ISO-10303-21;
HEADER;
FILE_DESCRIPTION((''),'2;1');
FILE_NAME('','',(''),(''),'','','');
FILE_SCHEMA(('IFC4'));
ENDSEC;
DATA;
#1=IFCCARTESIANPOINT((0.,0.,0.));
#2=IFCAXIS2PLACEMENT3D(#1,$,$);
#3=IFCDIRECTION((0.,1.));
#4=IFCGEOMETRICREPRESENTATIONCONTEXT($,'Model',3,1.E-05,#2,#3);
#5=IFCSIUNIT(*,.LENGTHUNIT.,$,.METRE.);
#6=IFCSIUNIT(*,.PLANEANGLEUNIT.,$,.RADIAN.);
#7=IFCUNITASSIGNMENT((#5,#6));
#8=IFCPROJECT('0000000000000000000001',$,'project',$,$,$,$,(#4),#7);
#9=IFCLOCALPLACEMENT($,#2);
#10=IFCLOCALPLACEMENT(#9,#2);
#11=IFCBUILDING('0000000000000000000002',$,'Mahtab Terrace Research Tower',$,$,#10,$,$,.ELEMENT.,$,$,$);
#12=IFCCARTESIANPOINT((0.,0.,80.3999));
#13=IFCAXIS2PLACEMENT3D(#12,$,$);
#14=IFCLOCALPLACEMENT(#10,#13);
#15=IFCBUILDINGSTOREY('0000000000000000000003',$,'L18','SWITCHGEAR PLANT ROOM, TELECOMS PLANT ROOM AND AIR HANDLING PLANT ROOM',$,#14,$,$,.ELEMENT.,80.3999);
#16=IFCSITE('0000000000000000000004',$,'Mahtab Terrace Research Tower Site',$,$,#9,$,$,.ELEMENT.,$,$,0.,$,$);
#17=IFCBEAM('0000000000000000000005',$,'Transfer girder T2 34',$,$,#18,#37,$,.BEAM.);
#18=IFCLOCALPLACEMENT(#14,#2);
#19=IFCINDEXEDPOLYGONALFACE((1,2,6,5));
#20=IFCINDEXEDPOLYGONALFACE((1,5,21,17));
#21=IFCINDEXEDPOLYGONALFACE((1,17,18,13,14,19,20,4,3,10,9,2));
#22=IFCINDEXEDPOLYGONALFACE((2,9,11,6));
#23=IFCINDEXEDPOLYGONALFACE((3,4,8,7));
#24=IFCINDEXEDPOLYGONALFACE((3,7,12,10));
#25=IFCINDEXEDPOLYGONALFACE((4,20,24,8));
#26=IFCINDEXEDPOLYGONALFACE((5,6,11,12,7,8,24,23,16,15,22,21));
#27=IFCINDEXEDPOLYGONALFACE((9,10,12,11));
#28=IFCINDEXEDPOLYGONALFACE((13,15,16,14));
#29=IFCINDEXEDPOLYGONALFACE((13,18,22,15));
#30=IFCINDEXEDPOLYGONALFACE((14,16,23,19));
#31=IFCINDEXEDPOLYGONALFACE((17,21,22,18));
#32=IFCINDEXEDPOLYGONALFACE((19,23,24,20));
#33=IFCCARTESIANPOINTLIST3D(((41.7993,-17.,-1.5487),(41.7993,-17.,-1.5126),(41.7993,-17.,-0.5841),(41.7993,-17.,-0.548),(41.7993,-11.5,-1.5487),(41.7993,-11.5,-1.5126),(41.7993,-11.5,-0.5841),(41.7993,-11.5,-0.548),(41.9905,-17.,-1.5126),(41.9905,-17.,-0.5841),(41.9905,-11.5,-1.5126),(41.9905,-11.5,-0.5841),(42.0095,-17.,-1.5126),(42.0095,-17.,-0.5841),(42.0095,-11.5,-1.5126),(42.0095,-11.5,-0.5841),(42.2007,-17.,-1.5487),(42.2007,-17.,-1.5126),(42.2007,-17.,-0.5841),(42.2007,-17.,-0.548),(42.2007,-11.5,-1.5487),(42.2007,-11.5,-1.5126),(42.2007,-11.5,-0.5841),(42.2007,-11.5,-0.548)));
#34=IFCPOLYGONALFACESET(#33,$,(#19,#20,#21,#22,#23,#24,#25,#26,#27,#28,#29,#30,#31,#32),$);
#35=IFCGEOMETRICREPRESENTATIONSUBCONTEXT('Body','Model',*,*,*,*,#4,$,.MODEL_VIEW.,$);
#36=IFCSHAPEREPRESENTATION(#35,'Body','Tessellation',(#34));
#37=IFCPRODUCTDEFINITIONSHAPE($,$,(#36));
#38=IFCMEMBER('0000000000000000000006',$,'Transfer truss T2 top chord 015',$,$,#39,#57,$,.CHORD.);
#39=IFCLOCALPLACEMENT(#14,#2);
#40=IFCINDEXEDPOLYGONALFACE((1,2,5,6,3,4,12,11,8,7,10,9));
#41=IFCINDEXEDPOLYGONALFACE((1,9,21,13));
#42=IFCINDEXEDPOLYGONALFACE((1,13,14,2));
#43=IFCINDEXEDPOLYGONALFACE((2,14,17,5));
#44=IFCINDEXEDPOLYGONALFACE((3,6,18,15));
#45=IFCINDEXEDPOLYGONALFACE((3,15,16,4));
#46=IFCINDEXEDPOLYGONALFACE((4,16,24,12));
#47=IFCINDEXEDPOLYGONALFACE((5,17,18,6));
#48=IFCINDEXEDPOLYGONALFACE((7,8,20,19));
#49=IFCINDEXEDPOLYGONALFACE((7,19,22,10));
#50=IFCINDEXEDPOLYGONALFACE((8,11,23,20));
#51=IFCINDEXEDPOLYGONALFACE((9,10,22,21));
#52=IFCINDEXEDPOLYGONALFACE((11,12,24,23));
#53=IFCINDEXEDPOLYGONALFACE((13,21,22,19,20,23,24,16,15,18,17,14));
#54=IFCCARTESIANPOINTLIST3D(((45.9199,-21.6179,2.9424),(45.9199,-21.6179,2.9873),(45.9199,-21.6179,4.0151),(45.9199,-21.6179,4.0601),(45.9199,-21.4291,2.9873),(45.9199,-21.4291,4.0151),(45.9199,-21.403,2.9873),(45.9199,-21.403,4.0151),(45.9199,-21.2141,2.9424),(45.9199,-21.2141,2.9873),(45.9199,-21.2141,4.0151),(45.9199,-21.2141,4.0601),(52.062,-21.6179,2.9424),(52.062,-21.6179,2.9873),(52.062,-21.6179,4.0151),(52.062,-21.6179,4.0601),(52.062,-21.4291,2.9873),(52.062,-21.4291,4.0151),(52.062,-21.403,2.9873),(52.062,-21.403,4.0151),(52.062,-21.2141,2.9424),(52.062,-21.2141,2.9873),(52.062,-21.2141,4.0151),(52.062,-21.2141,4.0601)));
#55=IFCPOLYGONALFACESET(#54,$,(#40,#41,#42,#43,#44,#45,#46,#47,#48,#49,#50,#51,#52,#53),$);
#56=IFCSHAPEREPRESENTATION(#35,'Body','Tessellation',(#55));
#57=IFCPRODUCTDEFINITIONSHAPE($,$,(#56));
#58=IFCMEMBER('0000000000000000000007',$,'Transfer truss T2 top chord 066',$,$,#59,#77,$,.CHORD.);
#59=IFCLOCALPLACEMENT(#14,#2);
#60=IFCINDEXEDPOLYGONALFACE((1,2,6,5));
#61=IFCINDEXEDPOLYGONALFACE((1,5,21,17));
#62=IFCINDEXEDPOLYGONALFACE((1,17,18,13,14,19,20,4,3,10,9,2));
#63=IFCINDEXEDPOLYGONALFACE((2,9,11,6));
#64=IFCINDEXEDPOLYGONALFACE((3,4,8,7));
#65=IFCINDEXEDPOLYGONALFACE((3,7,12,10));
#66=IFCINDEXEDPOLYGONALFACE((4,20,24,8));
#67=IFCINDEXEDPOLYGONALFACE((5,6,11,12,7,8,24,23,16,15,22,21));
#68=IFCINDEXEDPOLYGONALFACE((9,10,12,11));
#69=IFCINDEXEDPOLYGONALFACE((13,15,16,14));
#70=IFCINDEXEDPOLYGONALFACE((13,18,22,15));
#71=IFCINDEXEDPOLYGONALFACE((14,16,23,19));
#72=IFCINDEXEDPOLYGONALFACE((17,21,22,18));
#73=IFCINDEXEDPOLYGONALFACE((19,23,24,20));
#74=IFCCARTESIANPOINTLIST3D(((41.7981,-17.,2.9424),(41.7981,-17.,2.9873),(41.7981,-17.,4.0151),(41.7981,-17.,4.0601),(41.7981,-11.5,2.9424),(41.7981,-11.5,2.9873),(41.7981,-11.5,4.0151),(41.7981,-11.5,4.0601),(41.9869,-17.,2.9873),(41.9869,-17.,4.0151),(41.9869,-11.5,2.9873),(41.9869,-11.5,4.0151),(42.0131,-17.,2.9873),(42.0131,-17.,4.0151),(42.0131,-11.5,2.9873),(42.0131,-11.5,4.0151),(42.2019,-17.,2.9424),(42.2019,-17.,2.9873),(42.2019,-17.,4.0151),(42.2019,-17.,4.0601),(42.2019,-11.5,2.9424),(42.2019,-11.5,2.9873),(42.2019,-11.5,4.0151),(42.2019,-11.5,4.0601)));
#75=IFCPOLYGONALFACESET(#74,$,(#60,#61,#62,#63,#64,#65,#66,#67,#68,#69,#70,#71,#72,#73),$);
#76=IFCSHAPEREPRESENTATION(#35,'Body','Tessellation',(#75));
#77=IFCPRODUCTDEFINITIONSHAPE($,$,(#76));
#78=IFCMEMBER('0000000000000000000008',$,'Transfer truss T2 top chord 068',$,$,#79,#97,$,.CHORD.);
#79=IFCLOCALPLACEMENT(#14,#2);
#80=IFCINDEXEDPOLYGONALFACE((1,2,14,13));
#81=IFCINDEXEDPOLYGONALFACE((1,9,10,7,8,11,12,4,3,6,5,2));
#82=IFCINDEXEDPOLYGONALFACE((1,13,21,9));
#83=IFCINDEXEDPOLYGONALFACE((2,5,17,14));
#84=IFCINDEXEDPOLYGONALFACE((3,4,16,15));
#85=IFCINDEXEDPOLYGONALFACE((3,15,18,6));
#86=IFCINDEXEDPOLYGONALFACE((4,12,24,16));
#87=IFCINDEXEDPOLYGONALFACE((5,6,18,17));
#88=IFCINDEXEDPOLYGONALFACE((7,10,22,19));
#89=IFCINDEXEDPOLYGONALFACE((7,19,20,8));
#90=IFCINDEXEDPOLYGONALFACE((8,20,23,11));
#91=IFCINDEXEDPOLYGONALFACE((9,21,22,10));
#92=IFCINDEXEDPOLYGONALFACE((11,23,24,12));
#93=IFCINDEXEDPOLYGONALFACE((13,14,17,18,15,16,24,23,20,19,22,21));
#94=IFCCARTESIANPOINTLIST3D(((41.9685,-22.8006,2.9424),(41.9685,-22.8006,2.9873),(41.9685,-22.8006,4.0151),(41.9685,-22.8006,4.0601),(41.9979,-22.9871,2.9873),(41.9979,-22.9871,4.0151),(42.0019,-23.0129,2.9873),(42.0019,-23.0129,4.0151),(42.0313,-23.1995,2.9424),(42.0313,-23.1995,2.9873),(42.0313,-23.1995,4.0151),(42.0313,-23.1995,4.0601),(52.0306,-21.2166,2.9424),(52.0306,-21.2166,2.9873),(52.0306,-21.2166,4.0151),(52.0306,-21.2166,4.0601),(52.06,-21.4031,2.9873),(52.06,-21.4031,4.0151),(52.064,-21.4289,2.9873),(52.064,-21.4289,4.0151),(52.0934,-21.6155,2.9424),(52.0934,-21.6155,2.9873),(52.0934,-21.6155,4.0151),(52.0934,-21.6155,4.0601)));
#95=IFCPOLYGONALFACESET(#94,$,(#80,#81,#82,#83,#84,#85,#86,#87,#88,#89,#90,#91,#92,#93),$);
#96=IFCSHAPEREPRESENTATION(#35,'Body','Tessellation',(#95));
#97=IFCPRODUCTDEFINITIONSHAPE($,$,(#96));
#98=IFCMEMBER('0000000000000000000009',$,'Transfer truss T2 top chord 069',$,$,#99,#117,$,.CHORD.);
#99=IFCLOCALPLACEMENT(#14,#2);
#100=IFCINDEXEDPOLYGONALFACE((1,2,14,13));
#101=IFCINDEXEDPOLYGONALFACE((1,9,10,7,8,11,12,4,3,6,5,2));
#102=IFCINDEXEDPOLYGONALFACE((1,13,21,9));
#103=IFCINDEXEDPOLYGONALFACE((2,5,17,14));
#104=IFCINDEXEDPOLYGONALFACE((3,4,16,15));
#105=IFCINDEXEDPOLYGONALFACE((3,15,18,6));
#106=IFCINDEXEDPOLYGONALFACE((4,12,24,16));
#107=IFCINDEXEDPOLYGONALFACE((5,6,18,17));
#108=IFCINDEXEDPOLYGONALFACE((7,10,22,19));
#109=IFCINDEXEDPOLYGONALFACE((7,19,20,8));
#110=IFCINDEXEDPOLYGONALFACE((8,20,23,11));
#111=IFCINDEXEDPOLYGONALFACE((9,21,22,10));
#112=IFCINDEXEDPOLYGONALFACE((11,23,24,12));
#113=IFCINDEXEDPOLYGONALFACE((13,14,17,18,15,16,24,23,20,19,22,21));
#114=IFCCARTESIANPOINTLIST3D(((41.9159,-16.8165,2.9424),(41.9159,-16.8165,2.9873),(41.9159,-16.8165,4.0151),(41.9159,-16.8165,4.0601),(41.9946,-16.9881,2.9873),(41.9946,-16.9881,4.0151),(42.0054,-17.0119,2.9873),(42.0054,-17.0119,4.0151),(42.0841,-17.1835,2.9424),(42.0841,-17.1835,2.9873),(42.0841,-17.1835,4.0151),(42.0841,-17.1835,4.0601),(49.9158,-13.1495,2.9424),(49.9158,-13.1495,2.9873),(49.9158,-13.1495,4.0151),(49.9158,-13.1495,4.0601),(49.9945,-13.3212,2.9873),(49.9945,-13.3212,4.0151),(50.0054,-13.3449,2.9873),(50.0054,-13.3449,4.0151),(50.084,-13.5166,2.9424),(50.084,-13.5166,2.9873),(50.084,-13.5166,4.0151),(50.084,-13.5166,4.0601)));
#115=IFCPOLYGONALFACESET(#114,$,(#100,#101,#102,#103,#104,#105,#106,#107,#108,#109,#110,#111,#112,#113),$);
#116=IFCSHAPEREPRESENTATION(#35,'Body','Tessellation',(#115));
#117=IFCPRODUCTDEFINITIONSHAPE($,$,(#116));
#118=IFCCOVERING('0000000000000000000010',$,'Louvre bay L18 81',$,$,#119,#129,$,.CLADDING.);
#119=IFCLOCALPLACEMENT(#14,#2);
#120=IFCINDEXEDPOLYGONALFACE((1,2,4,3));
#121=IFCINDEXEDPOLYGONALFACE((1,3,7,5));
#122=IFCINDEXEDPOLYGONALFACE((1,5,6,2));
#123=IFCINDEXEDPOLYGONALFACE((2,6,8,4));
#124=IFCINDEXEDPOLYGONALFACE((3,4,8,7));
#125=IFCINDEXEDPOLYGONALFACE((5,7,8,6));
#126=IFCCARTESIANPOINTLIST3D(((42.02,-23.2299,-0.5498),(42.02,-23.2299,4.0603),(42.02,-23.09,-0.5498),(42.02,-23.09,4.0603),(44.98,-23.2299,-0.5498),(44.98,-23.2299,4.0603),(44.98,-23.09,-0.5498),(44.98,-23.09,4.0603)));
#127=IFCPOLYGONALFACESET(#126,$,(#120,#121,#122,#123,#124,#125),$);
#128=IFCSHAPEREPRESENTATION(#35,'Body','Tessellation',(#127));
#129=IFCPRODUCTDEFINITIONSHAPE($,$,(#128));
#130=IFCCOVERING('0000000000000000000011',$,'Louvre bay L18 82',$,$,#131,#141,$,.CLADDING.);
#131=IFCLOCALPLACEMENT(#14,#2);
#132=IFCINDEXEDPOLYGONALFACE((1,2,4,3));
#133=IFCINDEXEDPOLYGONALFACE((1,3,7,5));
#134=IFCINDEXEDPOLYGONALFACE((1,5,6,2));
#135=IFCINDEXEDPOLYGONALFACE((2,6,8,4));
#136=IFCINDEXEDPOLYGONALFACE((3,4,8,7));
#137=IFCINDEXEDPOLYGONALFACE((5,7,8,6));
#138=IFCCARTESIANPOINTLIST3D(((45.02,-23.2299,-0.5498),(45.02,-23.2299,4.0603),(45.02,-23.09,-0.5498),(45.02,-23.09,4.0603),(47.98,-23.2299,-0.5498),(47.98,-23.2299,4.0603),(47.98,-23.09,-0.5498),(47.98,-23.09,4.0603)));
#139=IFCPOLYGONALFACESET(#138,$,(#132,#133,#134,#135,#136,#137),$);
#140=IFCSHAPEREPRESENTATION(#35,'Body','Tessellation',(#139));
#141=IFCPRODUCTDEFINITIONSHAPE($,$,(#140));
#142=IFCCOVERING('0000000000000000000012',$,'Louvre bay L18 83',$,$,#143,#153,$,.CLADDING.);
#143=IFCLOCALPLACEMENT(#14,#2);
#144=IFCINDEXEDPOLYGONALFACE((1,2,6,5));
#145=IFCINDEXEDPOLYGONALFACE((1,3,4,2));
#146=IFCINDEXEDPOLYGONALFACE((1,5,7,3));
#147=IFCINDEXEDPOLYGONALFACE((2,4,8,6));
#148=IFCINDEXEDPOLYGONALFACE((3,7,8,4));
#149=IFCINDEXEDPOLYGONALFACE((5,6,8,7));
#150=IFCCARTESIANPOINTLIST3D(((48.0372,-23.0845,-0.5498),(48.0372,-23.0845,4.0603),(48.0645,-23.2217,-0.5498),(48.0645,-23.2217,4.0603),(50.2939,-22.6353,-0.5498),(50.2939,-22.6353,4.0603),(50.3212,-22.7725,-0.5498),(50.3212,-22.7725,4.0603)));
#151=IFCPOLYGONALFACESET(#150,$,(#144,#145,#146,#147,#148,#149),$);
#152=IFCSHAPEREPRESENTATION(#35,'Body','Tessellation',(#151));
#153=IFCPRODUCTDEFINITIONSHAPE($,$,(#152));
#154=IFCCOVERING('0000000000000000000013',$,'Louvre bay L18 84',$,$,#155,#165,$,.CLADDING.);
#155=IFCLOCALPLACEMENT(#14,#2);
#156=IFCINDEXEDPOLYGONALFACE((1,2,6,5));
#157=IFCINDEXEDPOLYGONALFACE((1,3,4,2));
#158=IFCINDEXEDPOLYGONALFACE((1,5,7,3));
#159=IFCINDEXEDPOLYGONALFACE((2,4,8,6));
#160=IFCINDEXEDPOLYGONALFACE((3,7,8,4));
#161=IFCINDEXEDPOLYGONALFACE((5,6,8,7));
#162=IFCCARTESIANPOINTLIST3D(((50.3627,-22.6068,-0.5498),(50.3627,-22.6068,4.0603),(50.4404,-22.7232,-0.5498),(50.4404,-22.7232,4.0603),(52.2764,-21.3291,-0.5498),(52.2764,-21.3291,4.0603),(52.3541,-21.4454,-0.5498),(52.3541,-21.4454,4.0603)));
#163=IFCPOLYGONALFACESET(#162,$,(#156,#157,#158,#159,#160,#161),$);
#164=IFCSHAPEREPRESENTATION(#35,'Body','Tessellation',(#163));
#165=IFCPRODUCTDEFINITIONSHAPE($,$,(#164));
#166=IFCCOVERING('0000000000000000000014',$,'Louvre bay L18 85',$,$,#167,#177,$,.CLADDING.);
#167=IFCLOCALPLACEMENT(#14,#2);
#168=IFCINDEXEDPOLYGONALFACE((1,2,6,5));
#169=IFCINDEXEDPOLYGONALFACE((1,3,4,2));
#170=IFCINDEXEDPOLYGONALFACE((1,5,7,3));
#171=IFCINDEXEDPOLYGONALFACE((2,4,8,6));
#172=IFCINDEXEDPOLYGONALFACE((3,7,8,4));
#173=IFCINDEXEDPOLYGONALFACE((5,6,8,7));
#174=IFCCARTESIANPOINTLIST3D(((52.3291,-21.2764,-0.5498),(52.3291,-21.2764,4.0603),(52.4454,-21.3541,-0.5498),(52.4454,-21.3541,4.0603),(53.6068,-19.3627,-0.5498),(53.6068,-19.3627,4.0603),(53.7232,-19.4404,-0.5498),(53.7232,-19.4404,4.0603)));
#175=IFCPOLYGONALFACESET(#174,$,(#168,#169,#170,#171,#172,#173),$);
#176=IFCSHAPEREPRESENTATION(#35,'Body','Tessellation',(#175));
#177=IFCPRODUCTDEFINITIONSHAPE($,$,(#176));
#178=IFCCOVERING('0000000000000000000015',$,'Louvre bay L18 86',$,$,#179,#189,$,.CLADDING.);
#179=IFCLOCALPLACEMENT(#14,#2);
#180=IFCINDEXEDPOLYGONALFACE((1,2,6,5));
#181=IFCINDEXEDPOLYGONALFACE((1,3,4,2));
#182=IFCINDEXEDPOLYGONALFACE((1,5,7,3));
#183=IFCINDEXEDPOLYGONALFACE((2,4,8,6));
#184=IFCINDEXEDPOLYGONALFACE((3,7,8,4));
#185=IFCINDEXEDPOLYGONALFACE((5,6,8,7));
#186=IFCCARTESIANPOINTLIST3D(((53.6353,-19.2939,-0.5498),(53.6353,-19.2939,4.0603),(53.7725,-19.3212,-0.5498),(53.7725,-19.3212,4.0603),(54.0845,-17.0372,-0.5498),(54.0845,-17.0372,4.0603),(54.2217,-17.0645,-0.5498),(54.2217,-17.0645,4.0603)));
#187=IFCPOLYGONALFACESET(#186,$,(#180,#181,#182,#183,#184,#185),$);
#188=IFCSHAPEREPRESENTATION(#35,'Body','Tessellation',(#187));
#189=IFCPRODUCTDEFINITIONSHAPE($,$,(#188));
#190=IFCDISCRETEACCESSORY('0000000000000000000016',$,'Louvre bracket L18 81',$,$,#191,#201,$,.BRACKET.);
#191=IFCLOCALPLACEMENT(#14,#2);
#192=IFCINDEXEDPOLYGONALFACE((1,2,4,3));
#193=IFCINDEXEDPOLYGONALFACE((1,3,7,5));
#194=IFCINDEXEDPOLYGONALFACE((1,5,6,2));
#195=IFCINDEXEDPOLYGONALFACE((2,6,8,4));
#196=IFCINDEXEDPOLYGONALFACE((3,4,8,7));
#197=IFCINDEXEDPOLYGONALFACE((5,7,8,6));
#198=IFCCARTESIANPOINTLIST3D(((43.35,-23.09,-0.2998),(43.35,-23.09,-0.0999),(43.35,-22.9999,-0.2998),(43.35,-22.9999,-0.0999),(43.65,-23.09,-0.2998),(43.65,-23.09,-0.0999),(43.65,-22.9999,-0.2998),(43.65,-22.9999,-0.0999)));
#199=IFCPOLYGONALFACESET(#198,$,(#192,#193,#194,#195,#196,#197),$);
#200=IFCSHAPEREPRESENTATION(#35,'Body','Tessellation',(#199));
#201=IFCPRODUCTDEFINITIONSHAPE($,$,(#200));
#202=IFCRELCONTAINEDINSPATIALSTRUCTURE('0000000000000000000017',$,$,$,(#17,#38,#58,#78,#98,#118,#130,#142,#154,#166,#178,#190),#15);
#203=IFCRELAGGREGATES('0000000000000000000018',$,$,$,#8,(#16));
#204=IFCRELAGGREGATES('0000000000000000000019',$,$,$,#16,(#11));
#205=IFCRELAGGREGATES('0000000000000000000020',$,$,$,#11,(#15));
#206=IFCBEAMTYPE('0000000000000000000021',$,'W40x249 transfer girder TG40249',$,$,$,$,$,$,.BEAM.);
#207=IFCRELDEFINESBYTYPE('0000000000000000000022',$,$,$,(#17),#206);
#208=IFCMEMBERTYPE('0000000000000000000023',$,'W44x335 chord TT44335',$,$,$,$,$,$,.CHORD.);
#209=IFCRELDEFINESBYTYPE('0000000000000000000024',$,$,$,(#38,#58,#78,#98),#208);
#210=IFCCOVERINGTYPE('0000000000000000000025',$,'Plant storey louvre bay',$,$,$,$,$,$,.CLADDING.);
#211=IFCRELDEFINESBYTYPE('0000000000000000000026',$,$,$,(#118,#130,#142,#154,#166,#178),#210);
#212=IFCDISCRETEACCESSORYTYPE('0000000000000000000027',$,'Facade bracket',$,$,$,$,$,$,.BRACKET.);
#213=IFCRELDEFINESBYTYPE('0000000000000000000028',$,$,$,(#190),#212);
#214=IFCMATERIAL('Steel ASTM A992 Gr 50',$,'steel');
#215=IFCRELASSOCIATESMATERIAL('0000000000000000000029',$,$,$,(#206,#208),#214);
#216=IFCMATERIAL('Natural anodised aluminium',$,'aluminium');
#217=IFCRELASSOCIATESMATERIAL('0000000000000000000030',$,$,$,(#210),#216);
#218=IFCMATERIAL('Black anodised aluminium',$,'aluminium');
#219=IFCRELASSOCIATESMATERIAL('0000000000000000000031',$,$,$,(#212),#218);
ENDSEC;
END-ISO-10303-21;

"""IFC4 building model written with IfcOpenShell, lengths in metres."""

from ifc_helpers import new_model, si_unit, direction, frame, origin, origin_2d, place, context, subcontext, project, spatial, rectangle, i_section, extrude, material, material_profile, profile_set, type_object, element, save


model = new_model("IFC4")

# Units and contexts
model_context = context("Model", 3, precision=1e-05, world=origin(), true_north=direction((0.0, 1.0)))
body_context = subcontext(model_context, "Body", "Model", "MODEL_VIEW")
ifc_project = project(units=[si_unit("LENGTHUNIT", "METRE"), si_unit("PLANEANGLEUNIT", "RADIAN")], contexts=[model_context])

# Site, building, storey
site_placement = place(None, origin())
site = spatial("IfcSite", under=ifc_project, at=site_placement, Name="Mahtab Terrace Research Tower Site", CompositionType="ELEMENT", RefElevation=0.0)
building_placement = place(site_placement, origin())
building = spatial("IfcBuilding", under=site, at=building_placement, Name="Mahtab Terrace Research Tower", CompositionType="ELEMENT")
storey_placement = place(building_placement, frame((0.0, 0.0, 80.3999)))
storey = spatial("IfcBuildingStorey", under=building, at=storey_placement, Name="L18", Description="SWITCHGEAR PLANT ROOM, TELECOMS PLANT ROOM AND AIR HANDLING PLANT ROOM", CompositionType="ELEMENT", Elevation=80.3999)

# Shared definitions
ifc_material_1 = material(Name="Steel ASTM A992 Gr 50", Category="steel")

# Beam
ifc_material_profile_1 = material_profile(ifc_material_1, i_section(OverallWidth=0.4014, OverallDepth=1.0007, WebThickness=0.019, FlangeThickness=0.0361, at=origin_2d()), Name="W40X249")
ifc_profile_set_1 = profile_set([ifc_material_profile_1], Name="Steel ASTM A992 Gr 50")
beam_type = type_object("IfcBeamType", Name="W40x249 transfer girder TG40249", PredefinedType="BEAM", material=ifc_profile_set_1)
beam_placement = place(storey_placement, frame((42.0, -17.0, -1.0483), z_axis=(0.0, 1.0, 0.0), x_axis=(-1.0, 0.0, 0.0)))
element("IfcBeam", 1, at=beam_placement, inside=storey, type_object=beam_type, Name="Transfer girder T2 34", PredefinedType="BEAM", context=body_context, shape_type="SweptSolid", body=[
    extrude(i_section(OverallWidth=0.4014, OverallDepth=1.0007, WebThickness=0.019, FlangeThickness=0.0361, at=origin_2d()), origin(), (0.0, 0.0, 1.0), 5.5),
])

# Members
ifc_material_profile_2 = material_profile(ifc_material_1, i_section(OverallWidth=0.4038, OverallDepth=1.1177, WebThickness=0.0261, FlangeThickness=0.0449, at=origin_2d()), Name="W44X335")
ifc_profile_set_2 = profile_set([ifc_material_profile_2], Name="Steel ASTM A992 Gr 50")
member_type_1 = type_object("IfcMemberType", Name="W44x335 chord TT44335", PredefinedType="CHORD", material=ifc_profile_set_2)
member_1_placement = place(storey_placement, frame((45.9199, -21.416, 3.5012), z_axis=(1.0, 0.0, 0.0), x_axis=(0.0, 1.0, 0.0)))
element("IfcMember", 2, at=member_1_placement, inside=storey, type_object=member_type_1, Name="Transfer truss T2 top chord 015", PredefinedType="CHORD", context=body_context, shape_type="SweptSolid", body=[
    extrude(i_section(OverallWidth=0.4038, OverallDepth=1.1177, WebThickness=0.0261, FlangeThickness=0.0449, at=origin_2d()), origin(), (0.0, 0.0, 1.0), 6.1421),
])
member_2_placement = place(storey_placement, frame((42.0, -17.0, 3.5012), z_axis=(0.0, 1.0, 0.0), x_axis=(-1.0, 0.0, 0.0)))
element("IfcMember", 3, at=member_2_placement, inside=storey, type_object=member_type_1, Name="Transfer truss T2 top chord 066", PredefinedType="CHORD", context=body_context, shape_type="SweptSolid", body=[
    extrude(i_section(OverallWidth=0.4038, OverallDepth=1.1177, WebThickness=0.0261, FlangeThickness=0.0449, at=origin_2d()), origin(), (0.0, 0.0, 1.0), 5.5),
])
member_3_placement = place(storey_placement, frame((52.062, -21.416, 3.5012), z_axis=(-0.987835, -0.155507, 0.0), x_axis=(0.155507, -0.987835, 0.0)))
element("IfcMember", 4, at=member_3_placement, inside=storey, type_object=member_type_1, Name="Transfer truss T2 top chord 068", PredefinedType="CHORD", context=body_context, shape_type="SweptSolid", body=[
    extrude(i_section(OverallWidth=0.4038, OverallDepth=1.1177, WebThickness=0.0261, FlangeThickness=0.0449, at=origin_2d()), origin(), (0.0, 0.0, 1.0), 10.186),
])
member_4_placement = place(storey_placement, frame((42.0, -17.0, 3.5012), z_axis=(0.909051, 0.416685, 0.0), x_axis=(-0.416685, 0.909051, 0.0)))
element("IfcMember", 5, at=member_4_placement, inside=storey, type_object=member_type_1, Name="Transfer truss T2 top chord 069", PredefinedType="CHORD", context=body_context, shape_type="SweptSolid", body=[
    extrude(i_section(OverallWidth=0.4038, OverallDepth=1.1177, WebThickness=0.0261, FlangeThickness=0.0449, at=origin_2d()), origin(), (0.0, 0.0, 1.0), 8.8003),
])

# Coverings
ifc_material_2 = material(Name="Natural anodised aluminium", Category="aluminium")
covering_type = type_object("IfcCoveringType", Name="Plant storey louvre bay", PredefinedType="CLADDING", material=ifc_material_2)
for number, where, z_axis, x_axis, name in (
    (6, (43.5, -23.1599, -0.5498), (0.0, 0.0, 1.0), (1.0, 0.0, 0.0), "Louvre bay L18 81"),
    (7, (46.5, -23.1599, -0.5498), (0.0, 0.0, 1.0), (1.0, 0.0, 0.0), "Louvre bay L18 82"),
):
    element("IfcCovering", number, at=place(storey_placement, frame(where, z_axis=z_axis, x_axis=x_axis)), inside=storey, type_object=covering_type, Name=name, PredefinedType="CLADDING", context=body_context, shape_type="SweptSolid", body=[
        extrude(rectangle(XDim=2.96, YDim=0.1399, at=origin_2d()), origin(), (0.0, 0.0, 1.0), 4.6101),
    ])
for number, where, z_axis, x_axis, name in (
    (8, (49.1792, -22.9285, -0.5498), (0.0, 0.0, 1.0), (0.980761, 0.195212, 0.0), "Louvre bay L18 83"),
    (9, (51.3584, -22.0261, -0.5498), (0.0, 0.0, 1.0), (0.831656, 0.555291, 0.0), "Louvre bay L18 84"),
    (10, (53.0261, -20.3584, -0.5498), (0.0, 0.0, 1.0), (0.555291, 0.831656, 0.0), "Louvre bay L18 85"),
    (11, (53.9285, -18.1792, -0.5498), (0.0, 0.0, 1.0), (0.195212, 0.980761, 0.0), "Louvre bay L18 86"),
):
    element("IfcCovering", number, at=place(storey_placement, frame(where, z_axis=z_axis, x_axis=x_axis)), inside=storey, type_object=covering_type, Name=name, PredefinedType="CLADDING", context=body_context, shape_type="SweptSolid", body=[
        extrude(rectangle(XDim=2.301, YDim=0.1399, at=origin_2d()), origin(), (0.0, 0.0, 1.0), 4.6101),
    ])

# Discrete accessory
ifc_material_3 = material(Name="Black anodised aluminium", Category="aluminium")
discrete_accessory_type_1 = type_object("IfcDiscreteAccessoryType", Name="Facade bracket", PredefinedType="BRACKET", material=ifc_material_3)
for number, where, z_axis, x_axis, name in (
    (12, (43.5, -23.0449, -0.2998), (0.0, 0.0, 1.0), (1.0, 0.0, 0.0), "Louvre bracket L18 81"),
):
    element("IfcDiscreteAccessory", number, at=place(storey_placement, frame(where, z_axis=z_axis, x_axis=x_axis)), inside=storey, type_object=discrete_accessory_type_1, Name=name, PredefinedType="BRACKET", context=body_context, shape_type="SweptSolid", body=[
        extrude(rectangle(XDim=0.3, YDim=0.0901, at=origin_2d()), origin(), (0.0, 0.0, 1.0), 0.2),
    ])

save(model, "model.ifc")
